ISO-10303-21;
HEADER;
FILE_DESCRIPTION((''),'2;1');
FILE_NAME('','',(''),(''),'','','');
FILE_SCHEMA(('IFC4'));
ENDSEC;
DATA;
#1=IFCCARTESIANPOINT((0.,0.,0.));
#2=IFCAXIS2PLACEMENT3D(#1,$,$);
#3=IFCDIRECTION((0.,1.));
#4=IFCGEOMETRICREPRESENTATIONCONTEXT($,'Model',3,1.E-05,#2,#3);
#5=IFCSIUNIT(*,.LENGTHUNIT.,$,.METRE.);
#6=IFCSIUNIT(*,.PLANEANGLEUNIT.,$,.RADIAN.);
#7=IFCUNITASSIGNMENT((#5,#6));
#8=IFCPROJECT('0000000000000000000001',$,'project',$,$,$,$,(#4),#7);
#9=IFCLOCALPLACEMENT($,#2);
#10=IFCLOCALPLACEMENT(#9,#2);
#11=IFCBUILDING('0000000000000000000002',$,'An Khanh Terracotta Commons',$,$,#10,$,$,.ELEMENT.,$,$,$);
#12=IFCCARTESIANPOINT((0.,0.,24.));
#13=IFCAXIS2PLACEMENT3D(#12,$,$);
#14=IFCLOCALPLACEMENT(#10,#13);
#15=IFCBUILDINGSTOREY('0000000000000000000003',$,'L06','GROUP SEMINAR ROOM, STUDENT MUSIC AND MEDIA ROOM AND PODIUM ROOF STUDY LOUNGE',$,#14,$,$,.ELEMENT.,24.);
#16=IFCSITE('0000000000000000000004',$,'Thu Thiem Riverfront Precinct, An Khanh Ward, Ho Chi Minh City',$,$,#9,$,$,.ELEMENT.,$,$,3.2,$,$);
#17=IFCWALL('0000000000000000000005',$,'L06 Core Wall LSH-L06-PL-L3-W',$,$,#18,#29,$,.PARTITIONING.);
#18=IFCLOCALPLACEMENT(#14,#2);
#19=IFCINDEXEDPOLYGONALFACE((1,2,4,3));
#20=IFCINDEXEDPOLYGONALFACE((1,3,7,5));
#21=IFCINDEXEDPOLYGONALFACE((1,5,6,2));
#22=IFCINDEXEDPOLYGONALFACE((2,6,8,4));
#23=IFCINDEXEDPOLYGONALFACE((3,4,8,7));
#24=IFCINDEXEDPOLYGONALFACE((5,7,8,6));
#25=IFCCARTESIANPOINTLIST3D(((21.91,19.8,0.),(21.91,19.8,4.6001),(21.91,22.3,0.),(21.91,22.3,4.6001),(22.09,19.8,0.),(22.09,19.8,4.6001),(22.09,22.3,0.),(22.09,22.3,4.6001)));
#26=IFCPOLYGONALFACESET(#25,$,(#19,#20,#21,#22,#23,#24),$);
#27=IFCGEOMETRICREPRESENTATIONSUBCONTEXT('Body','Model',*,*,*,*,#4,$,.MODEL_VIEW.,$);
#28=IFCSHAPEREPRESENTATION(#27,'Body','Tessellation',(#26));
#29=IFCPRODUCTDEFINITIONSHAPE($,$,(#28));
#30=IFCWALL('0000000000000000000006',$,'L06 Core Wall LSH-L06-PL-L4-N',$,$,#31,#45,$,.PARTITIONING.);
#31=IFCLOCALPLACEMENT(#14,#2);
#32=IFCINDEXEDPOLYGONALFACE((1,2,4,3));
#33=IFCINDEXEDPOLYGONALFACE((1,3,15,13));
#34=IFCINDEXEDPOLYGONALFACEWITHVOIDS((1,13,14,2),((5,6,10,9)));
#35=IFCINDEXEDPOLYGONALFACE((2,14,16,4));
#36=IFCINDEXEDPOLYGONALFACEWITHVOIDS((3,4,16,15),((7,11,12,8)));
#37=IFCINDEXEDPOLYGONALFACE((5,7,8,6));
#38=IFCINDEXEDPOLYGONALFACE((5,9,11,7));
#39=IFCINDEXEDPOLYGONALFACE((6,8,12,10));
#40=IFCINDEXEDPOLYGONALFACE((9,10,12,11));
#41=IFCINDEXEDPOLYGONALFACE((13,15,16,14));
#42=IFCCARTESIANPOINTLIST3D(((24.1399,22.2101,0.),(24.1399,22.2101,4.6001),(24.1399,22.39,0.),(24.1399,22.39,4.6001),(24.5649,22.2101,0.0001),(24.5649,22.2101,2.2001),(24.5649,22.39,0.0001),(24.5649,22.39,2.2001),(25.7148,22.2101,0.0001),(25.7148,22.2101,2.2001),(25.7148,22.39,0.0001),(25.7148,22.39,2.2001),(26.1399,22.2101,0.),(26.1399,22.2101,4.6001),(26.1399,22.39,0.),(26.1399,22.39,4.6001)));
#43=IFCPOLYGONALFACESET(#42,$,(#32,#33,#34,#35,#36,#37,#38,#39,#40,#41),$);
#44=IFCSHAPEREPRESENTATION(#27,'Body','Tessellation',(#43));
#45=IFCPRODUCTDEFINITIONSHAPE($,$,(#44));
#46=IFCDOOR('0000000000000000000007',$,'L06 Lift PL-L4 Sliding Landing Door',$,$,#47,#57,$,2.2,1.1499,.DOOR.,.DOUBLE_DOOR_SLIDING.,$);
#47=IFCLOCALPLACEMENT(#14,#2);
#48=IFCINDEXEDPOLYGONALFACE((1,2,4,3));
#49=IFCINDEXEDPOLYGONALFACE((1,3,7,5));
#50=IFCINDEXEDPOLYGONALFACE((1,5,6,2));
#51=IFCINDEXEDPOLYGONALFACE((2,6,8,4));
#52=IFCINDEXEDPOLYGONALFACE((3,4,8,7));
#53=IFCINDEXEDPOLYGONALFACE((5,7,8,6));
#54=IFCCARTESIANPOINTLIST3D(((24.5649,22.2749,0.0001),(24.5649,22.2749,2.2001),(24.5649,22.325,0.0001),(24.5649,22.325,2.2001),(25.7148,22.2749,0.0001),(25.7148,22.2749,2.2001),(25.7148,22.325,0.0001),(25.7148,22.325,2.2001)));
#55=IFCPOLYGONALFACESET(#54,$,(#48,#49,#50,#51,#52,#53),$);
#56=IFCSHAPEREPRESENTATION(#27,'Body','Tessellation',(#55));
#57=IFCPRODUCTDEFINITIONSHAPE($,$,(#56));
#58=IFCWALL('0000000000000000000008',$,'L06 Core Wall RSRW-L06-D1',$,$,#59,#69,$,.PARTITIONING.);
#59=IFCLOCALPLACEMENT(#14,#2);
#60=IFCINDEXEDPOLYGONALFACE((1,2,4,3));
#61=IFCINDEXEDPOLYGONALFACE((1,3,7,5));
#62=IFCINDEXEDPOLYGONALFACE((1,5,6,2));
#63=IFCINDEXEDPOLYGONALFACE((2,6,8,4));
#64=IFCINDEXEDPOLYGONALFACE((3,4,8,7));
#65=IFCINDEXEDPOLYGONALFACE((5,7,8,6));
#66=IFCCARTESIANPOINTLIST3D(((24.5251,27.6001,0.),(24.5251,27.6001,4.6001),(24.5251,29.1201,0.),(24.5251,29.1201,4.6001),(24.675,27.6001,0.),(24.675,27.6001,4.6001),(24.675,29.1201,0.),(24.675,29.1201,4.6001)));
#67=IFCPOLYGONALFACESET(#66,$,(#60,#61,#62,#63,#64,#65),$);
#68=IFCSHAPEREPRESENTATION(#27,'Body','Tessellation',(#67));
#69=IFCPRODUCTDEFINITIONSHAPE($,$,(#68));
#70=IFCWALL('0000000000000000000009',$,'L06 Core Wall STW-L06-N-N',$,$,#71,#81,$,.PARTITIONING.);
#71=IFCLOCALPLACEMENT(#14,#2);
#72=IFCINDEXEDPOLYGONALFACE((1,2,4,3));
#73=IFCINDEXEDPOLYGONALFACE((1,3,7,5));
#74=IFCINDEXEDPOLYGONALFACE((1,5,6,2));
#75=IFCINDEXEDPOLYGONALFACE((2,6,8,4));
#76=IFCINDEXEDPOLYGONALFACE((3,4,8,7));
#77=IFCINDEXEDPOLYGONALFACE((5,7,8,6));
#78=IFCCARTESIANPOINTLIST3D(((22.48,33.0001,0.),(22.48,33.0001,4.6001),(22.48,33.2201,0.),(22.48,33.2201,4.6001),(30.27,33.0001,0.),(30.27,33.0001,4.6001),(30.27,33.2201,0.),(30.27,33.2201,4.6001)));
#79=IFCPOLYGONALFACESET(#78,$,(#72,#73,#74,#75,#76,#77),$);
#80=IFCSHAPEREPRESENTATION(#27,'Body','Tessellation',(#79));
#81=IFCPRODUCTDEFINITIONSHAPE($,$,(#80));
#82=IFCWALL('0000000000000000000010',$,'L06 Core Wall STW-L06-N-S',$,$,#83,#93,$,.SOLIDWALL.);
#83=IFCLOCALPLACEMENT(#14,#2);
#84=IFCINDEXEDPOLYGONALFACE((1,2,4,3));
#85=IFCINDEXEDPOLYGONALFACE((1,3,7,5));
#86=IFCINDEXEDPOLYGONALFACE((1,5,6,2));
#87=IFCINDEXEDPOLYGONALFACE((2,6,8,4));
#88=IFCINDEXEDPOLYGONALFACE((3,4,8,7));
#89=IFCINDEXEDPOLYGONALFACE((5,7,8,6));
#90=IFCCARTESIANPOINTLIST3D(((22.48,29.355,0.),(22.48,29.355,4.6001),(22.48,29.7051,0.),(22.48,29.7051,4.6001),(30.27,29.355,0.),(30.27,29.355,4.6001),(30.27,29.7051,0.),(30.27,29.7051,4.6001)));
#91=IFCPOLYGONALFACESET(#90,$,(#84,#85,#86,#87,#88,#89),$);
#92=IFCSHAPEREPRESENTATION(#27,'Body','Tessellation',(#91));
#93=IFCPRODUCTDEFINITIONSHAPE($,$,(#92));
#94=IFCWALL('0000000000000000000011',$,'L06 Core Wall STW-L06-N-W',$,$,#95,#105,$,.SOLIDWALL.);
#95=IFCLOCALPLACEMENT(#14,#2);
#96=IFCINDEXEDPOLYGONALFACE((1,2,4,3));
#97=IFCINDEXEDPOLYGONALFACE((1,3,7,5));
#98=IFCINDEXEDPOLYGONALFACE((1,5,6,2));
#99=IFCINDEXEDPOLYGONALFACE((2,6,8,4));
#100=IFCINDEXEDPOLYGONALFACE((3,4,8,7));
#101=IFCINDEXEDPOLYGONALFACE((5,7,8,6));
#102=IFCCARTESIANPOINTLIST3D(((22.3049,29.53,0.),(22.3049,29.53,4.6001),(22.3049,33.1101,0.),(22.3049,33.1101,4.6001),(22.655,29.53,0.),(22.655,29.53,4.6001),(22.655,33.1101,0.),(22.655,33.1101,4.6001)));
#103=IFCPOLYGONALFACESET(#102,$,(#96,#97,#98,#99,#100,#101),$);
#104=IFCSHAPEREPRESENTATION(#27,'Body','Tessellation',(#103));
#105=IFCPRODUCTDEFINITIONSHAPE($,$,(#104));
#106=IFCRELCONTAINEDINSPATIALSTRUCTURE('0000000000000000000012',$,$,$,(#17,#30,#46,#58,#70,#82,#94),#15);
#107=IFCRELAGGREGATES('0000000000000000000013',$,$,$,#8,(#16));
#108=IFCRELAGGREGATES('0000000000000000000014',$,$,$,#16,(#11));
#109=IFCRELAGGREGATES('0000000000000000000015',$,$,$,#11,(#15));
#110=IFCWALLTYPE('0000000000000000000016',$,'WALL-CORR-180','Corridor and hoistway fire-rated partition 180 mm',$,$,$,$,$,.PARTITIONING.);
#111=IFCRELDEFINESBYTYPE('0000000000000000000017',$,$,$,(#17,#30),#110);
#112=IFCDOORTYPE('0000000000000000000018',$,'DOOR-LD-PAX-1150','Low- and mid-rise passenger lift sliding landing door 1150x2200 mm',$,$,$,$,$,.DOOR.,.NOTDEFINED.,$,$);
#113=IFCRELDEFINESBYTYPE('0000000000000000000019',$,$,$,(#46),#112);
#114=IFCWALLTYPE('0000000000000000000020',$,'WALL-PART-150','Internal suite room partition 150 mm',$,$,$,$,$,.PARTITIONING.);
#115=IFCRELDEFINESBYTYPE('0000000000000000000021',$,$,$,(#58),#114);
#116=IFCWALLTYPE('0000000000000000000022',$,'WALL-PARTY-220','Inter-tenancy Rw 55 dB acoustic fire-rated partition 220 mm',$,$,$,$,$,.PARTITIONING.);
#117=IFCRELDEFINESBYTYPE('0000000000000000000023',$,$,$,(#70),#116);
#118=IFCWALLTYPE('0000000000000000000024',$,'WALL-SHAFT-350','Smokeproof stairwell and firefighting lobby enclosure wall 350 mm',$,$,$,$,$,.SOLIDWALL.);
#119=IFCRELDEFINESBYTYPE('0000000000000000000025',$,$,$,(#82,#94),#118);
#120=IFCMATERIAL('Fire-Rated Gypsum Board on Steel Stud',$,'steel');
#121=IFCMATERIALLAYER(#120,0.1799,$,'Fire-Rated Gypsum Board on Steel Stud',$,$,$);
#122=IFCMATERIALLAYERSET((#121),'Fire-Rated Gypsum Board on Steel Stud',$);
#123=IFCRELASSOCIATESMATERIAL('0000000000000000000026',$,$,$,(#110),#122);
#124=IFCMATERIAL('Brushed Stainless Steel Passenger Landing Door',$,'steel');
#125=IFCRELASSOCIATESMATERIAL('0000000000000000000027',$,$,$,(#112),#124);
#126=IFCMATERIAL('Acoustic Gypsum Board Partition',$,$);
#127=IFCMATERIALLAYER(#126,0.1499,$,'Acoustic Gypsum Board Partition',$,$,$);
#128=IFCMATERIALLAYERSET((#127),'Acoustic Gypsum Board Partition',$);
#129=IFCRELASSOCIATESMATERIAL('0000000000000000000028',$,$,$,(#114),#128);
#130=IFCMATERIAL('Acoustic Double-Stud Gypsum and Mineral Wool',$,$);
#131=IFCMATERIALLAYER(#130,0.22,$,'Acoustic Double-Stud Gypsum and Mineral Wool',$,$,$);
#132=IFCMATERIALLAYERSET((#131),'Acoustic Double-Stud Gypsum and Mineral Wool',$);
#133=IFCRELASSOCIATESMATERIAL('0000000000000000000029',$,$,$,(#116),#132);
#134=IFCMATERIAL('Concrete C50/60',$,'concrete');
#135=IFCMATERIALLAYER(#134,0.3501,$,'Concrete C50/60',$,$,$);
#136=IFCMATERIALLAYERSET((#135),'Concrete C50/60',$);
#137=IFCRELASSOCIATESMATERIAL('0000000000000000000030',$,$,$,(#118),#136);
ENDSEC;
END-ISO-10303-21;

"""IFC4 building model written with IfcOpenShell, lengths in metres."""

from ifc_helpers import new_model, si_unit, direction, frame, frame_2d, origin, place, context, subcontext, project, spatial, rectangle, extrude, material, layer, layer_set, type_object, element, fill, save


model = new_model("IFC4")

# Units and contexts
model_context = context("Model", 3, precision=1e-05, world=origin(), true_north=direction((0.0, 1.0)))
body_context = subcontext(model_context, "Body", "Model", "MODEL_VIEW")
ifc_project = project(units=[si_unit("LENGTHUNIT", "METRE"), si_unit("PLANEANGLEUNIT", "RADIAN")], contexts=[model_context])

# Site, building, storey
site_placement = place(None, origin())
site = spatial("IfcSite", under=ifc_project, at=site_placement, Name="Thu Thiem Riverfront Precinct, An Khanh Ward, Ho Chi Minh City", CompositionType="ELEMENT", RefElevation=3.2)
building_placement = place(site_placement, origin())
building = spatial("IfcBuilding", under=site, at=building_placement, Name="An Khanh Terracotta Commons", CompositionType="ELEMENT")
storey_placement = place(building_placement, frame((0.0, 0.0, 24.0)))
storey = spatial("IfcBuildingStorey", under=building, at=storey_placement, Name="L06", Description="GROUP SEMINAR ROOM, STUDENT MUSIC AND MEDIA ROOM AND PODIUM ROOF STUDY LOUNGE", CompositionType="ELEMENT", Elevation=24.0)

# Shared definitions
ifc_material_1 = material(Name="Fire-Rated Gypsum Board on Steel Stud", Category="steel")
ifc_layer_1 = layer(ifc_material_1, 0.1799, Name="Fire-Rated Gypsum Board on Steel Stud")
ifc_layer_set_1 = layer_set([ifc_layer_1], Name="Fire-Rated Gypsum Board on Steel Stud")
wall_type_1 = type_object("IfcWallType", Name="WALL-CORR-180", Description="Corridor and hoistway fire-rated partition 180 mm", PredefinedType="PARTITIONING", material=ifc_layer_set_1)

# Shared definitions
ifc_material_2 = material(Name="Brushed Stainless Steel Passenger Landing Door", Category="steel")
door_type = type_object("IfcDoorType", Name="DOOR-LD-PAX-1150", Description="Low- and mid-rise passenger lift sliding landing door 1150x2200 mm", OperationType="NOTDEFINED", PredefinedType="DOOR", material=ifc_material_2)

# Wall
wall_1_placement = place(storey_placement, frame((22.0, 22.3, 0.0), z_axis=(0.0, 0.0, 1.0), x_axis=(0.0, -1.0, 0.0)))
element("IfcWall", 1, at=wall_1_placement, inside=storey, type_object=wall_type_1, Name="L06 Core Wall LSH-L06-PL-L3-W", PredefinedType="PARTITIONING", context=body_context, shape_type="SweptSolid", body=[
    extrude(rectangle(XDim=2.5, YDim=0.1799, at=frame_2d((1.25, 0.0))), origin(), (0.0, 0.0, 1.0), 4.6001),
])

# Wall, opening, door
wall_2_placement = place(storey_placement, frame((24.1399, 22.3, 0.0), z_axis=(0.0, 0.0, 1.0), x_axis=(1.0, 0.0, 0.0)))
wall_2 = element("IfcWall", 2, at=wall_2_placement, inside=storey, type_object=wall_type_1, Name="L06 Core Wall LSH-L06-PL-L4-N", PredefinedType="PARTITIONING", context=body_context, shape_type="SweptSolid", body=[
    extrude(rectangle(XDim=2.0, YDim=0.1799, at=frame_2d((1.0, 0.0))), origin(), (0.0, 0.0, 1.0), 4.6001),
])
opening_1_placement = place(wall_2_placement, frame((0.425, 0.0, 0.0)))
opening_1 = element("IfcOpeningElement", 3, at=opening_1_placement, cuts=wall_2, PredefinedType="OPENING", context=body_context, shape_type="SweptSolid", body=[
    extrude(rectangle(XDim=1.1499, YDim=2.2, at=frame_2d((0.575, 1.1001))), frame((0.0, 0.0999, 0.0), z_axis=(0.0, -1.0, 0.0), x_axis=(1.0, 0.0, 0.0)), (0.0, 0.0, 1.0), 0.2),
])
door_1_placement = place(opening_1_placement, origin())
door_1 = element("IfcDoor", 4, at=door_1_placement, inside=storey, type_object=door_type, Name="L06 Lift PL-L4 Sliding Landing Door", OperationType="DOUBLE_DOOR_SLIDING", OverallHeight=2.2, OverallWidth=1.1499, PredefinedType="DOOR", context=body_context, shape_type="SweptSolid", body=[
    extrude(rectangle(XDim=1.1499, YDim=2.2, at=frame_2d((0.575, 1.1001))), frame((0.0, 0.0249, 0.0), z_axis=(0.0, -1.0, 0.0), x_axis=(1.0, 0.0, 0.0)), (0.0, 0.0, 1.0), 0.05),
])
fill(opening_1, door_1)

# Walls
ifc_material_3 = material(Name="Acoustic Gypsum Board Partition")
ifc_layer_2 = layer(ifc_material_3, 0.1499, Name="Acoustic Gypsum Board Partition")
ifc_layer_set_2 = layer_set([ifc_layer_2], Name="Acoustic Gypsum Board Partition")
wall_type_2 = type_object("IfcWallType", Name="WALL-PART-150", Description="Internal suite room partition 150 mm", PredefinedType="PARTITIONING", material=ifc_layer_set_2)
wall_3_placement = place(storey_placement, frame((24.6001, 27.6001, 0.0), z_axis=(0.0, 0.0, 1.0), x_axis=(0.0, 1.0, 0.0)))
element("IfcWall", 5, at=wall_3_placement, inside=storey, type_object=wall_type_2, Name="L06 Core Wall RSRW-L06-D1", PredefinedType="PARTITIONING", context=body_context, shape_type="SweptSolid", body=[
    extrude(rectangle(XDim=1.52, YDim=0.1499, at=frame_2d((0.76, 0.0))), origin(), (0.0, 0.0, 1.0), 4.6001),
])
ifc_material_4 = material(Name="Acoustic Double-Stud Gypsum and Mineral Wool")
ifc_layer_3 = layer(ifc_material_4, 0.22, Name="Acoustic Double-Stud Gypsum and Mineral Wool")
ifc_layer_set_3 = layer_set([ifc_layer_3], Name="Acoustic Double-Stud Gypsum and Mineral Wool")
wall_type_3 = type_object("IfcWallType", Name="WALL-PARTY-220", Description="Inter-tenancy Rw 55 dB acoustic fire-rated partition 220 mm", PredefinedType="PARTITIONING", material=ifc_layer_set_3)
wall_4_placement = place(storey_placement, frame((22.48, 33.1101, 0.0), z_axis=(0.0, 0.0, 1.0), x_axis=(1.0, 0.0, 0.0)))
element("IfcWall", 6, at=wall_4_placement, inside=storey, type_object=wall_type_3, Name="L06 Core Wall STW-L06-N-N", PredefinedType="PARTITIONING", context=body_context, shape_type="SweptSolid", body=[
    extrude(rectangle(XDim=7.79, YDim=0.22, at=frame_2d((3.895, 0.0))), origin(), (0.0, 0.0, 1.0), 4.6001),
])
ifc_material_5 = material(Name="Concrete C50/60", Category="concrete")
ifc_layer_4 = layer(ifc_material_5, 0.3501, Name="Concrete C50/60")
ifc_layer_set_4 = layer_set([ifc_layer_4], Name="Concrete C50/60")
wall_type_4 = type_object("IfcWallType", Name="WALL-SHAFT-350", Description="Smokeproof stairwell and firefighting lobby enclosure wall 350 mm", PredefinedType="SOLIDWALL", material=ifc_layer_set_4)
wall_5_placement = place(storey_placement, frame((22.48, 29.53, 0.0), z_axis=(0.0, 0.0, 1.0), x_axis=(1.0, 0.0, 0.0)))
element("IfcWall", 7, at=wall_5_placement, inside=storey, type_object=wall_type_4, Name="L06 Core Wall STW-L06-N-S", PredefinedType="SOLIDWALL", context=body_context, shape_type="SweptSolid", body=[
    extrude(rectangle(XDim=7.79, YDim=0.3501, at=frame_2d((3.895, 0.0))), origin(), (0.0, 0.0, 1.0), 4.6001),
])
wall_6_placement = place(storey_placement, frame((22.48, 29.53, 0.0), z_axis=(0.0, 0.0, 1.0), x_axis=(0.0, 1.0, 0.0)))
element("IfcWall", 8, at=wall_6_placement, inside=storey, type_object=wall_type_4, Name="L06 Core Wall STW-L06-N-W", PredefinedType="SOLIDWALL", context=body_context, shape_type="SweptSolid", body=[
    extrude(rectangle(XDim=3.5801, YDim=0.3501, at=frame_2d((1.79, 0.0))), origin(), (0.0, 0.0, 1.0), 4.6001),
])

save(model, "model.ifc")
